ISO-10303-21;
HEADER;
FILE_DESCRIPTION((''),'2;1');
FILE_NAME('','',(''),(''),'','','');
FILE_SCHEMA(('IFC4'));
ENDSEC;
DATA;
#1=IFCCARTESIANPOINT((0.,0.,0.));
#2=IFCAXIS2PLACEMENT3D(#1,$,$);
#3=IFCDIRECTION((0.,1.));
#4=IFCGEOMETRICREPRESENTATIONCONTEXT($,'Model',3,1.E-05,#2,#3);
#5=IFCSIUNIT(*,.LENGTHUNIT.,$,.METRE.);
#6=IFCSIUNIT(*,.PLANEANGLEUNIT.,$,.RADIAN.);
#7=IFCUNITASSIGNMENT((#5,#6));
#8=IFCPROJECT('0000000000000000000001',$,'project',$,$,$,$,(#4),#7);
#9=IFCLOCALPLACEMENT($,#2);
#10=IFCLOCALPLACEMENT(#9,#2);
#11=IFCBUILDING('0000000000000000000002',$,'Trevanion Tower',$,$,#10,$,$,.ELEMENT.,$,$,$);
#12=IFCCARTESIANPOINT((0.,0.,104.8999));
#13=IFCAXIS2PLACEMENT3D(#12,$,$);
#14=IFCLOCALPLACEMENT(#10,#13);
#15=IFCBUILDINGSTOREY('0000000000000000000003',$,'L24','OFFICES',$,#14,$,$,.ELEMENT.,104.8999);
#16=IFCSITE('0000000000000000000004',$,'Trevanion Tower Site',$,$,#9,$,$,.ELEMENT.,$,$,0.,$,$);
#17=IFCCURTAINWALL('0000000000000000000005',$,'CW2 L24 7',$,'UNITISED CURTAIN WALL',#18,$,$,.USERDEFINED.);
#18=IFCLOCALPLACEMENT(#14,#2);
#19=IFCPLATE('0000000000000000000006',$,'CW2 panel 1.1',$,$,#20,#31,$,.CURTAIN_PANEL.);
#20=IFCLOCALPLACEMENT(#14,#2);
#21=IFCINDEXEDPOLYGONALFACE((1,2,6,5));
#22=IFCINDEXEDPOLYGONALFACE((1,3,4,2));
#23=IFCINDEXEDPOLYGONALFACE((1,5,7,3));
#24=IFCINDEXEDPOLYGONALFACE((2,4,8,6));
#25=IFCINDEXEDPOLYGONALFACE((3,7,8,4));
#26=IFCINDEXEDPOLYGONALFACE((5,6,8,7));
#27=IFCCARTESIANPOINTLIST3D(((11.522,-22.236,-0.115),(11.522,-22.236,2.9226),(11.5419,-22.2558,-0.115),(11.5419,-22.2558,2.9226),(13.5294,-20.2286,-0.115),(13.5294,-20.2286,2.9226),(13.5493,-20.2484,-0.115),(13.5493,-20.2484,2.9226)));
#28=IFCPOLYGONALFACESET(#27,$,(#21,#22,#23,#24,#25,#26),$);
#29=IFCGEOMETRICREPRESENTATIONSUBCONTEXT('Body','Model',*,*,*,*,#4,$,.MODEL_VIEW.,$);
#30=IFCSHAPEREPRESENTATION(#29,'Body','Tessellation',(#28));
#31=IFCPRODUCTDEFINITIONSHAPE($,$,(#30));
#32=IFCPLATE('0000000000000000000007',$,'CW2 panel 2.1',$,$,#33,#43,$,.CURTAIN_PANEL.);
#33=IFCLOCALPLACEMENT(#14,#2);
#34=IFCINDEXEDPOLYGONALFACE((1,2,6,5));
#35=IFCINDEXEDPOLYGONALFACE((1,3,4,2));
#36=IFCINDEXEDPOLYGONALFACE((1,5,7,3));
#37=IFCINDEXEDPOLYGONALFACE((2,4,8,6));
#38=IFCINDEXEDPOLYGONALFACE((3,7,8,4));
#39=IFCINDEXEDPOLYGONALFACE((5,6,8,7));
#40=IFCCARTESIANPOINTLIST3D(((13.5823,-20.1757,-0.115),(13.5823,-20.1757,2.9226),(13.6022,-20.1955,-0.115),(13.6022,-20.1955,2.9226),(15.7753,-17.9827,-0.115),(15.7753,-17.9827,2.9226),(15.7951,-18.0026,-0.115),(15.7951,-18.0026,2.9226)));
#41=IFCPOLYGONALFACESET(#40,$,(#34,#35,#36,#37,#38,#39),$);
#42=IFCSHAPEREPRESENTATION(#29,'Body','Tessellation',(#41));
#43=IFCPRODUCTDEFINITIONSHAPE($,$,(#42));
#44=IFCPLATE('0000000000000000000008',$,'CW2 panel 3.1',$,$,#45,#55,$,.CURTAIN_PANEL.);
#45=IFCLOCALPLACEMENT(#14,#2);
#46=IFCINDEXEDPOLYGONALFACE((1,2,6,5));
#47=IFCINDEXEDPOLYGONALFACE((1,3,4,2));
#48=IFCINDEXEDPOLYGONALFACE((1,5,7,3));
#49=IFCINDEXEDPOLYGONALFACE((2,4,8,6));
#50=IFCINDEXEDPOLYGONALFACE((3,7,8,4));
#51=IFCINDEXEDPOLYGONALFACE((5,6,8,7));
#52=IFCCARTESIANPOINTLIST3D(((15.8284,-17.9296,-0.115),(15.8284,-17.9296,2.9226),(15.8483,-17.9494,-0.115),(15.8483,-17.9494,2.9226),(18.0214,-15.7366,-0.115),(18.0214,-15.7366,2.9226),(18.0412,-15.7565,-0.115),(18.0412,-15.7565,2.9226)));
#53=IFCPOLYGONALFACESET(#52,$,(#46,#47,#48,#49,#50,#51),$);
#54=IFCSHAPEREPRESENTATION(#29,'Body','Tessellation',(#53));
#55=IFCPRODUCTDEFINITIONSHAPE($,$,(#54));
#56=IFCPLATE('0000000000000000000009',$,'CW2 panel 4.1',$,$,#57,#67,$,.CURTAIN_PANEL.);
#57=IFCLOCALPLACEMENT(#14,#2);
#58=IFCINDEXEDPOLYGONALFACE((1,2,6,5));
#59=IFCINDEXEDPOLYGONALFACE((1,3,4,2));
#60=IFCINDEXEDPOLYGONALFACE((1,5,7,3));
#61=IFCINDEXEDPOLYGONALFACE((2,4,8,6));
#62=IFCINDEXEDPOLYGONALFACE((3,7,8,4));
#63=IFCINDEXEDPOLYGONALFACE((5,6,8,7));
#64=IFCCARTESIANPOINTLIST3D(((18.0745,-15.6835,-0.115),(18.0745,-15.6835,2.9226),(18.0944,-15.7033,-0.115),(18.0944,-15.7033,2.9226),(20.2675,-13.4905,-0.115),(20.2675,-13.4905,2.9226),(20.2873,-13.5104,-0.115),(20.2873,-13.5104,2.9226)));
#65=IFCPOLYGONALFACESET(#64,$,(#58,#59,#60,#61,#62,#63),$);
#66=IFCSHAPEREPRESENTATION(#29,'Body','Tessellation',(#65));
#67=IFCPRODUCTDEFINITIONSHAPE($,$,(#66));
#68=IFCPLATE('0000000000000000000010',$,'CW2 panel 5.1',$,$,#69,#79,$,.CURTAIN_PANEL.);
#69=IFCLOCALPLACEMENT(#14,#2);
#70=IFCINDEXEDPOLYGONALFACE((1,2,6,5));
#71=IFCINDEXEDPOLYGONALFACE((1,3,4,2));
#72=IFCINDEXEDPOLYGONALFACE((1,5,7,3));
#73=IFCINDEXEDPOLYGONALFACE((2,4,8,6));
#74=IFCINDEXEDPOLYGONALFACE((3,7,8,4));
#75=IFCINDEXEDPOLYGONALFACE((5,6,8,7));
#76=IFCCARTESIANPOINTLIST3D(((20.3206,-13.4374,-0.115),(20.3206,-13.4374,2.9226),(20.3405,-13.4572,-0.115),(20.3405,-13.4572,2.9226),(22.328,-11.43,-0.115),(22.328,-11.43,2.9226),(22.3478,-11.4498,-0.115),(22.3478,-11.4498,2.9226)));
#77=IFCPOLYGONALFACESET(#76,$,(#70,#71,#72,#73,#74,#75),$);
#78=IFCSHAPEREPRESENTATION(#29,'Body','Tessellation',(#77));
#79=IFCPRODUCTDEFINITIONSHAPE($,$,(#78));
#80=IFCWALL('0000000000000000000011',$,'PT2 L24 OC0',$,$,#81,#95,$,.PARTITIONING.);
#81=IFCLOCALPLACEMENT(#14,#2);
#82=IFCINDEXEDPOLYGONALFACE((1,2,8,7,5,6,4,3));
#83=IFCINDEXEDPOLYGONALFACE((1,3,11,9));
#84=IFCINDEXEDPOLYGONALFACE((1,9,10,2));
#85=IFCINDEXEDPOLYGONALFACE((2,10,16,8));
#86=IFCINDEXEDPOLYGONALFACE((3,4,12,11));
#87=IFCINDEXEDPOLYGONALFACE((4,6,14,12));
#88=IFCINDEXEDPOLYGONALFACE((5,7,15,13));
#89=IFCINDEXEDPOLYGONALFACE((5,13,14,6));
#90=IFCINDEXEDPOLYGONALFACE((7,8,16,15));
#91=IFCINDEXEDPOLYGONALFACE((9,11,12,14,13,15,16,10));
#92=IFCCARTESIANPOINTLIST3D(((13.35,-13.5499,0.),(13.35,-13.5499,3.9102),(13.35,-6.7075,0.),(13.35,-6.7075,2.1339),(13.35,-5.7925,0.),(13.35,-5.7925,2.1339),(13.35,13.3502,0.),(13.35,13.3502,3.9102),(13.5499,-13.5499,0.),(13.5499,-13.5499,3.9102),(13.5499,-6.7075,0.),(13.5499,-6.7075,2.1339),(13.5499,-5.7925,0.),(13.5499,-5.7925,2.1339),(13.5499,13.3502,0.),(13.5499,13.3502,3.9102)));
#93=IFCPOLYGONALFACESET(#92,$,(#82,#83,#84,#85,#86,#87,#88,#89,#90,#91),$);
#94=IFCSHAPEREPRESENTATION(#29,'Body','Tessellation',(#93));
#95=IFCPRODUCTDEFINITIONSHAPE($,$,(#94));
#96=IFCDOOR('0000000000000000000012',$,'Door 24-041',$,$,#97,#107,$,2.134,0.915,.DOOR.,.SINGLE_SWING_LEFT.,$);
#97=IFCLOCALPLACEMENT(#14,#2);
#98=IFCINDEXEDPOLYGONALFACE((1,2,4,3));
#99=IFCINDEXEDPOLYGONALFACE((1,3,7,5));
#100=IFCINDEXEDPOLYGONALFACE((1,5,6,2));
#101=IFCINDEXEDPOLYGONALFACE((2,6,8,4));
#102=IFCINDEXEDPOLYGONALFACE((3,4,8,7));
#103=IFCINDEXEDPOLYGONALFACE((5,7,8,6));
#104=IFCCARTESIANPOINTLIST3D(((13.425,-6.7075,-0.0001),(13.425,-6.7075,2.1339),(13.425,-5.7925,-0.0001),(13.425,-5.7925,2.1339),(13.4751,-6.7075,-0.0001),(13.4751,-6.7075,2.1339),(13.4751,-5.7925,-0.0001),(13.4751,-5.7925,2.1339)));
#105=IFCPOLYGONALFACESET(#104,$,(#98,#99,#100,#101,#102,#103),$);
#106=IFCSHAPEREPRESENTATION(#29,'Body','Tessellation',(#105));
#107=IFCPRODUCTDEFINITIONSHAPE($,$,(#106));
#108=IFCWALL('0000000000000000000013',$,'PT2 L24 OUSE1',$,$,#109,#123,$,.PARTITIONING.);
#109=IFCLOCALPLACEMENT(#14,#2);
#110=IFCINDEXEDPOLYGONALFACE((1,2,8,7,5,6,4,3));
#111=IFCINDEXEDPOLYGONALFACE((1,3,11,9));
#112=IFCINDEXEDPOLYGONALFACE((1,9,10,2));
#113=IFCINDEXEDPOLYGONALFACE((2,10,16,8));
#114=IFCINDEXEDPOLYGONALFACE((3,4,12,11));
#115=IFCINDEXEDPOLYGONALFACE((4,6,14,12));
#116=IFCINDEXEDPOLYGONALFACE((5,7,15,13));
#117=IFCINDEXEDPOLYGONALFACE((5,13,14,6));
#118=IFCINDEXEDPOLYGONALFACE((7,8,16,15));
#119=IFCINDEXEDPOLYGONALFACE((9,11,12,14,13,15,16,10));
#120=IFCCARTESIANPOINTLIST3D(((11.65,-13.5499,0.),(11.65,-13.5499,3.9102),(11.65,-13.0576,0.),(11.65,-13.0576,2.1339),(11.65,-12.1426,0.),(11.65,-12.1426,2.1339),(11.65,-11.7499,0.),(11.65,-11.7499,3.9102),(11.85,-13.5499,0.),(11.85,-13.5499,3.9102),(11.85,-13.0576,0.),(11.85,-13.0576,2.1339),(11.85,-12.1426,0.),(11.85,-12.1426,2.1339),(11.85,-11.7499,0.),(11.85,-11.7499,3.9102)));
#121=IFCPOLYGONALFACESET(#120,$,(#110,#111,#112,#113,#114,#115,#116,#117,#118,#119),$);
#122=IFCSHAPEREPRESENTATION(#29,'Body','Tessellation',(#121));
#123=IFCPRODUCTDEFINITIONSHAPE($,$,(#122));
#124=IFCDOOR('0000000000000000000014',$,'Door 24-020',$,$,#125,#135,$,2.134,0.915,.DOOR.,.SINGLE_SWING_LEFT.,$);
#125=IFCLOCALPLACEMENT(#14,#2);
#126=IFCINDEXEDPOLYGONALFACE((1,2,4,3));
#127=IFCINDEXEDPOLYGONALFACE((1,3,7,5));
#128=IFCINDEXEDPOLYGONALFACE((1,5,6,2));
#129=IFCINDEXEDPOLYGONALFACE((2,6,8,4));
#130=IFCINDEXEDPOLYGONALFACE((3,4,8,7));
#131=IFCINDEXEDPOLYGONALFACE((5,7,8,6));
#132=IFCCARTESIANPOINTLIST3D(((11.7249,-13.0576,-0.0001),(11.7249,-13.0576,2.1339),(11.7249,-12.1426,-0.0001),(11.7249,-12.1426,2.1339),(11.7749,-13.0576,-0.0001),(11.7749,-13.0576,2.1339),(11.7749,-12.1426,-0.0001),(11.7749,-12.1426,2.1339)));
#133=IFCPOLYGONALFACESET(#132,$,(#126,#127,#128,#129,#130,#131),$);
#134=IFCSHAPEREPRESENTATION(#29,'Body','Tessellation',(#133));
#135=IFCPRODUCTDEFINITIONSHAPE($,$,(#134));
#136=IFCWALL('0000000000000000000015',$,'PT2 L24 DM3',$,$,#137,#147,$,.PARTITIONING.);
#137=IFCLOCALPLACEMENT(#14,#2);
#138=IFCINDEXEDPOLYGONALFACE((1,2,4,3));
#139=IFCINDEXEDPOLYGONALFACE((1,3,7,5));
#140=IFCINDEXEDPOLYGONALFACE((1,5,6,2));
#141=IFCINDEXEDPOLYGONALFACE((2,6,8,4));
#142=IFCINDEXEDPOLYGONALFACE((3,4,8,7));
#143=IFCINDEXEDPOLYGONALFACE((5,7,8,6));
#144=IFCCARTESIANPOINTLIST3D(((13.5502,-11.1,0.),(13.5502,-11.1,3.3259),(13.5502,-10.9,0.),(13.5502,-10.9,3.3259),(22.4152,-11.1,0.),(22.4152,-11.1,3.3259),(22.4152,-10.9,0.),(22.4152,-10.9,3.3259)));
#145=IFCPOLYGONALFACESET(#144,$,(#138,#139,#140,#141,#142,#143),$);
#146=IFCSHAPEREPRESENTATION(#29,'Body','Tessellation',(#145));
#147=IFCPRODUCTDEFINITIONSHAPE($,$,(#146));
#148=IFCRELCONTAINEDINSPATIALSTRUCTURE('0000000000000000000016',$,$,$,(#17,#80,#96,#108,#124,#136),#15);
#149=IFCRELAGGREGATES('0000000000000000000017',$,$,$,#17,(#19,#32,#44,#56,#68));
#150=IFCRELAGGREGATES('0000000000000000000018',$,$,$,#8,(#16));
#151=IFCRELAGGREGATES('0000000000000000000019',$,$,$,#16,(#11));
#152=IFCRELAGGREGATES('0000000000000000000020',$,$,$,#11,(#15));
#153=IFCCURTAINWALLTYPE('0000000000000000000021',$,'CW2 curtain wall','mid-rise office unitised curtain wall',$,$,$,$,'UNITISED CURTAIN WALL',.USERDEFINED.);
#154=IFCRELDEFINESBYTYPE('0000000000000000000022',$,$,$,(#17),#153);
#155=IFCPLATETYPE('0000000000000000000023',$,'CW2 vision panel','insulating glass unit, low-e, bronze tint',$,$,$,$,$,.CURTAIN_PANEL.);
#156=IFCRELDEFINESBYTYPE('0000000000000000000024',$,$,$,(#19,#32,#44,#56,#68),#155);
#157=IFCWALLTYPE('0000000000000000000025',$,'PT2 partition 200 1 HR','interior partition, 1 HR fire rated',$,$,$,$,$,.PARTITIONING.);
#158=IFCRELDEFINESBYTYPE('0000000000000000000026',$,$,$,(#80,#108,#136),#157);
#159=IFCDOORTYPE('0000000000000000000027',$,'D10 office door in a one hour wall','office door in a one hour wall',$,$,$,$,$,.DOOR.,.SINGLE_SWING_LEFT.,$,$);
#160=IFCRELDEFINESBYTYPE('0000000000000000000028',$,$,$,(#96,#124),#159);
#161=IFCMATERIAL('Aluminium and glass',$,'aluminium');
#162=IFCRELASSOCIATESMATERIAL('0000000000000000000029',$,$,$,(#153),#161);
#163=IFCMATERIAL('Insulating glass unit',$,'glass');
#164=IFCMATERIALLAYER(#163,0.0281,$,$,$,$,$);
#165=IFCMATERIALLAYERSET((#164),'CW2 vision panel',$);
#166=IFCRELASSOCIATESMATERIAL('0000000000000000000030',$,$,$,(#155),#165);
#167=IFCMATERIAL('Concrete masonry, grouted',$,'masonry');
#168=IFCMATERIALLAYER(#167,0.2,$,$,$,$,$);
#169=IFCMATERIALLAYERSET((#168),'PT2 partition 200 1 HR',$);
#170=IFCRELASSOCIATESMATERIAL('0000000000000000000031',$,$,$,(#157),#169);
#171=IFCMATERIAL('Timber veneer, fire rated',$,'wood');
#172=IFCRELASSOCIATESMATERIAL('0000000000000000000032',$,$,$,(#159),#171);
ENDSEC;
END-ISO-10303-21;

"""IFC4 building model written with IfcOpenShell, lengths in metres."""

from ifc_helpers import new_model, si_unit, direction, frame, frame_2d, origin, origin_2d, place, context, subcontext, project, spatial, rectangle, extrude, material, layer, layer_set, type_object, element, fill, aggregate, save


model = new_model("IFC4")

# Units and contexts
model_context = context("Model", 3, precision=1e-05, world=origin(), true_north=direction((0.0, 1.0)))
body_context = subcontext(model_context, "Body", "Model", "MODEL_VIEW")
ifc_project = project(units=[si_unit("LENGTHUNIT", "METRE"), si_unit("PLANEANGLEUNIT", "RADIAN")], contexts=[model_context])

# Site, building, storey
site_placement = place(None, origin())
site = spatial("IfcSite", under=ifc_project, at=site_placement, Name="Trevanion Tower Site", CompositionType="ELEMENT", RefElevation=0.0)
building_placement = place(site_placement, origin())
building = spatial("IfcBuilding", under=site, at=building_placement, Name="Trevanion Tower", CompositionType="ELEMENT")
storey_placement = place(building_placement, frame((0.0, 0.0, 104.8999)))
storey = spatial("IfcBuildingStorey", under=building, at=storey_placement, Name="L24", Description="OFFICES", CompositionType="ELEMENT", Elevation=104.8999)

# Curtain wall
ifc_material_1 = material(Name="Aluminium and glass", Category="aluminium")
curtain_wall_type = type_object("IfcCurtainWallType", Name="CW2 curtain wall", Description="mid-rise office unitised curtain wall", ElementType="UNITISED CURTAIN WALL", PredefinedType="USERDEFINED", material=ifc_material_1)
curtain_wall_placement = place(storey_placement, origin())
curtain_wall = element("IfcCurtainWall", 1, at=curtain_wall_placement, inside=storey, type_object=curtain_wall_type, Name="CW2 L24 7", ObjectType="UNITISED CURTAIN WALL", PredefinedType="USERDEFINED")

# Plates
ifc_material_2 = material(Name="Insulating glass unit", Category="glass")
ifc_layer_1 = layer(ifc_material_2, 0.0281)
ifc_layer_set_1 = layer_set([ifc_layer_1], Name="CW2 vision panel")
plate_type_1 = type_object("IfcPlateType", Name="CW2 vision panel", Description="insulating glass unit, low-e, bronze tint", PredefinedType="CURTAIN_PANEL", material=ifc_layer_set_1)
plate_1_placement = place(storey_placement, frame((12.5356, -21.2422, -0.115), z_axis=(0.0, 0.0, 1.0), x_axis=(0.707107, 0.707107, 0.0)))
plate_1 = element("IfcPlate", 2, at=plate_1_placement, type_object=plate_type_1, Name="CW2 panel 1.1", PredefinedType="CURTAIN_PANEL", context=body_context, shape_type="SweptSolid", body=[
    extrude(rectangle(XDim=2.8389, YDim=0.0281, at=origin_2d()), origin(), (0.0, 0.0, 1.0), 3.0376),
])
plate_2_placement = place(storey_placement, frame((14.6887, -19.0891, -0.115), z_axis=(0.0, 0.0, 1.0), x_axis=(0.707107, 0.707107, 0.0)))
plate_2 = element("IfcPlate", 3, at=plate_2_placement, type_object=plate_type_1, Name="CW2 panel 2.1", PredefinedType="CURTAIN_PANEL", context=body_context, shape_type="SweptSolid", body=[
    extrude(rectangle(XDim=3.1013, YDim=0.0281, at=origin_2d()), origin(), (0.0, 0.0, 1.0), 3.0376),
])
plate_3_placement = place(storey_placement, frame((16.9348, -16.843, -0.115), z_axis=(0.0, 0.0, 1.0), x_axis=(0.707107, 0.707107, 0.0)))
plate_3 = element("IfcPlate", 4, at=plate_3_placement, type_object=plate_type_1, Name="CW2 panel 3.1", PredefinedType="CURTAIN_PANEL", context=body_context, shape_type="SweptSolid", body=[
    extrude(rectangle(XDim=3.1013, YDim=0.0281, at=origin_2d()), origin(), (0.0, 0.0, 1.0), 3.0376),
])
plate_4_placement = place(storey_placement, frame((19.1809, -14.5969, -0.115), z_axis=(0.0, 0.0, 1.0), x_axis=(0.707107, 0.707107, 0.0)))
plate_4 = element("IfcPlate", 5, at=plate_4_placement, type_object=plate_type_1, Name="CW2 panel 4.1", PredefinedType="CURTAIN_PANEL", context=body_context, shape_type="SweptSolid", body=[
    extrude(rectangle(XDim=3.1013, YDim=0.0281, at=origin_2d()), origin(), (0.0, 0.0, 1.0), 3.0376),
])
plate_5_placement = place(storey_placement, frame((21.3342, -12.4436, -0.115), z_axis=(0.0, 0.0, 1.0), x_axis=(0.707107, 0.707107, 0.0)))
plate_5 = element("IfcPlate", 6, at=plate_5_placement, type_object=plate_type_1, Name="CW2 panel 5.1", PredefinedType="CURTAIN_PANEL", context=body_context, shape_type="SweptSolid", body=[
    extrude(rectangle(XDim=2.8389, YDim=0.0281, at=origin_2d()), origin(), (0.0, 0.0, 1.0), 3.0376),
])
aggregate(curtain_wall, [plate_1, plate_2, plate_3, plate_4, plate_5])

# Walls, openings, doors
ifc_material_3 = material(Name="Concrete masonry, grouted", Category="masonry")
ifc_layer_2 = layer(ifc_material_3, 0.2)
ifc_layer_set_2 = layer_set([ifc_layer_2], Name="PT2 partition 200 1 HR")
wall_type = type_object("IfcWallType", Name="PT2 partition 200 1 HR", Description="interior partition, 1 HR fire rated", PredefinedType="PARTITIONING", material=ifc_layer_set_2)
wall_1_placement = place(storey_placement, frame((13.45, -13.55, 0.0), z_axis=(0.0, 0.0, 1.0), x_axis=(0.0, 1.0, 0.0)))
wall_1 = element("IfcWall", 7, at=wall_1_placement, inside=storey, type_object=wall_type, Name="PT2 L24 OC0", PredefinedType="PARTITIONING", context=body_context, shape_type="SweptSolid", body=[
    extrude(rectangle(XDim=26.9001, YDim=0.2, at=frame_2d((13.4502, 0.0))), origin(), (0.0, 0.0, 1.0), 3.9102),
])
opening_1_placement = place(wall_1_placement, frame((6.8425, 0.0, 0.0)))
opening_1 = element("IfcOpeningElement", 8, at=opening_1_placement, cuts=wall_1, PredefinedType="OPENING", context=body_context, shape_type="SweptSolid", body=[
    extrude(rectangle(XDim=0.915, YDim=2.134, at=frame_2d((0.4575, 1.0669))), frame((0.0, 0.1099, 0.0), z_axis=(0.0, -1.0, 0.0), x_axis=(1.0, 0.0, 0.0)), (0.0, 0.0, 1.0), 0.22),
])
ifc_material_4 = material(Name="Timber veneer, fire rated", Category="wood")
door_type = type_object("IfcDoorType", Name="D10 office door in a one hour wall", Description="office door in a one hour wall", OperationType="SINGLE_SWING_LEFT", PredefinedType="DOOR", material=ifc_material_4)
door_1_placement = place(opening_1_placement, origin())
door_1 = element("IfcDoor", 9, at=door_1_placement, inside=storey, type_object=door_type, Name="Door 24-041", OperationType="SINGLE_SWING_LEFT", OverallHeight=2.134, OverallWidth=0.915, PredefinedType="DOOR", context=body_context, shape_type="SweptSolid", body=[
    extrude(rectangle(XDim=0.915, YDim=2.134, at=frame_2d((0.4575, 1.0669))), frame((0.0, 0.0249, 0.0), z_axis=(0.0, -1.0, 0.0), x_axis=(1.0, 0.0, 0.0)), (0.0, 0.0, 1.0), 0.05),
])
fill(opening_1, door_1)
wall_2_placement = place(storey_placement, frame((11.75, -11.75, 0.0), z_axis=(0.0, 0.0, 1.0), x_axis=(0.0, -1.0, 0.0)))
wall_2 = element("IfcWall", 10, at=wall_2_placement, inside=storey, type_object=wall_type, Name="PT2 L24 OUSE1", PredefinedType="PARTITIONING", context=body_context, shape_type="SweptSolid", body=[
    extrude(rectangle(XDim=1.8, YDim=0.2, at=frame_2d((0.8999, 0.0))), origin(), (0.0, 0.0, 1.0), 3.9102),
])
opening_2_placement = place(wall_2_placement, frame((0.3926, 0.0, 0.0)))
opening_2 = element("IfcOpeningElement", 11, at=opening_2_placement, cuts=wall_2, PredefinedType="OPENING", context=body_context, shape_type="SweptSolid", body=[
    extrude(rectangle(XDim=0.915, YDim=2.134, at=frame_2d((0.4575, 1.0669))), frame((0.0, 0.1099, 0.0), z_axis=(0.0, -1.0, 0.0), x_axis=(1.0, 0.0, 0.0)), (0.0, 0.0, 1.0), 0.22),
])
door_2_placement = place(opening_2_placement, origin())
door_2 = element("IfcDoor", 12, at=door_2_placement, inside=storey, type_object=door_type, Name="Door 24-020", OperationType="SINGLE_SWING_LEFT", OverallHeight=2.134, OverallWidth=0.915, PredefinedType="DOOR", context=body_context, shape_type="SweptSolid", body=[
    extrude(rectangle(XDim=0.915, YDim=2.134, at=frame_2d((0.4575, 1.0669))), frame((0.0, 0.0249, 0.0), z_axis=(0.0, -1.0, 0.0), x_axis=(1.0, 0.0, 0.0)), (0.0, 0.0, 1.0), 0.05),
])
fill(opening_2, door_2)

# Wall
wall_3_placement = place(storey_placement, frame((13.55, -11.0, 0.0), z_axis=(0.0, 0.0, 1.0), x_axis=(1.0, 0.0, 0.0)))
element("IfcWall", 13, at=wall_3_placement, inside=storey, type_object=wall_type, Name="PT2 L24 DM3", PredefinedType="PARTITIONING", context=body_context, shape_type="SweptSolid", body=[
    extrude(rectangle(XDim=8.865, YDim=0.2, at=frame_2d((4.4326, 0.0))), origin(), (0.0, 0.0, 1.0), 3.3259),
])

save(model, "model.ifc")
